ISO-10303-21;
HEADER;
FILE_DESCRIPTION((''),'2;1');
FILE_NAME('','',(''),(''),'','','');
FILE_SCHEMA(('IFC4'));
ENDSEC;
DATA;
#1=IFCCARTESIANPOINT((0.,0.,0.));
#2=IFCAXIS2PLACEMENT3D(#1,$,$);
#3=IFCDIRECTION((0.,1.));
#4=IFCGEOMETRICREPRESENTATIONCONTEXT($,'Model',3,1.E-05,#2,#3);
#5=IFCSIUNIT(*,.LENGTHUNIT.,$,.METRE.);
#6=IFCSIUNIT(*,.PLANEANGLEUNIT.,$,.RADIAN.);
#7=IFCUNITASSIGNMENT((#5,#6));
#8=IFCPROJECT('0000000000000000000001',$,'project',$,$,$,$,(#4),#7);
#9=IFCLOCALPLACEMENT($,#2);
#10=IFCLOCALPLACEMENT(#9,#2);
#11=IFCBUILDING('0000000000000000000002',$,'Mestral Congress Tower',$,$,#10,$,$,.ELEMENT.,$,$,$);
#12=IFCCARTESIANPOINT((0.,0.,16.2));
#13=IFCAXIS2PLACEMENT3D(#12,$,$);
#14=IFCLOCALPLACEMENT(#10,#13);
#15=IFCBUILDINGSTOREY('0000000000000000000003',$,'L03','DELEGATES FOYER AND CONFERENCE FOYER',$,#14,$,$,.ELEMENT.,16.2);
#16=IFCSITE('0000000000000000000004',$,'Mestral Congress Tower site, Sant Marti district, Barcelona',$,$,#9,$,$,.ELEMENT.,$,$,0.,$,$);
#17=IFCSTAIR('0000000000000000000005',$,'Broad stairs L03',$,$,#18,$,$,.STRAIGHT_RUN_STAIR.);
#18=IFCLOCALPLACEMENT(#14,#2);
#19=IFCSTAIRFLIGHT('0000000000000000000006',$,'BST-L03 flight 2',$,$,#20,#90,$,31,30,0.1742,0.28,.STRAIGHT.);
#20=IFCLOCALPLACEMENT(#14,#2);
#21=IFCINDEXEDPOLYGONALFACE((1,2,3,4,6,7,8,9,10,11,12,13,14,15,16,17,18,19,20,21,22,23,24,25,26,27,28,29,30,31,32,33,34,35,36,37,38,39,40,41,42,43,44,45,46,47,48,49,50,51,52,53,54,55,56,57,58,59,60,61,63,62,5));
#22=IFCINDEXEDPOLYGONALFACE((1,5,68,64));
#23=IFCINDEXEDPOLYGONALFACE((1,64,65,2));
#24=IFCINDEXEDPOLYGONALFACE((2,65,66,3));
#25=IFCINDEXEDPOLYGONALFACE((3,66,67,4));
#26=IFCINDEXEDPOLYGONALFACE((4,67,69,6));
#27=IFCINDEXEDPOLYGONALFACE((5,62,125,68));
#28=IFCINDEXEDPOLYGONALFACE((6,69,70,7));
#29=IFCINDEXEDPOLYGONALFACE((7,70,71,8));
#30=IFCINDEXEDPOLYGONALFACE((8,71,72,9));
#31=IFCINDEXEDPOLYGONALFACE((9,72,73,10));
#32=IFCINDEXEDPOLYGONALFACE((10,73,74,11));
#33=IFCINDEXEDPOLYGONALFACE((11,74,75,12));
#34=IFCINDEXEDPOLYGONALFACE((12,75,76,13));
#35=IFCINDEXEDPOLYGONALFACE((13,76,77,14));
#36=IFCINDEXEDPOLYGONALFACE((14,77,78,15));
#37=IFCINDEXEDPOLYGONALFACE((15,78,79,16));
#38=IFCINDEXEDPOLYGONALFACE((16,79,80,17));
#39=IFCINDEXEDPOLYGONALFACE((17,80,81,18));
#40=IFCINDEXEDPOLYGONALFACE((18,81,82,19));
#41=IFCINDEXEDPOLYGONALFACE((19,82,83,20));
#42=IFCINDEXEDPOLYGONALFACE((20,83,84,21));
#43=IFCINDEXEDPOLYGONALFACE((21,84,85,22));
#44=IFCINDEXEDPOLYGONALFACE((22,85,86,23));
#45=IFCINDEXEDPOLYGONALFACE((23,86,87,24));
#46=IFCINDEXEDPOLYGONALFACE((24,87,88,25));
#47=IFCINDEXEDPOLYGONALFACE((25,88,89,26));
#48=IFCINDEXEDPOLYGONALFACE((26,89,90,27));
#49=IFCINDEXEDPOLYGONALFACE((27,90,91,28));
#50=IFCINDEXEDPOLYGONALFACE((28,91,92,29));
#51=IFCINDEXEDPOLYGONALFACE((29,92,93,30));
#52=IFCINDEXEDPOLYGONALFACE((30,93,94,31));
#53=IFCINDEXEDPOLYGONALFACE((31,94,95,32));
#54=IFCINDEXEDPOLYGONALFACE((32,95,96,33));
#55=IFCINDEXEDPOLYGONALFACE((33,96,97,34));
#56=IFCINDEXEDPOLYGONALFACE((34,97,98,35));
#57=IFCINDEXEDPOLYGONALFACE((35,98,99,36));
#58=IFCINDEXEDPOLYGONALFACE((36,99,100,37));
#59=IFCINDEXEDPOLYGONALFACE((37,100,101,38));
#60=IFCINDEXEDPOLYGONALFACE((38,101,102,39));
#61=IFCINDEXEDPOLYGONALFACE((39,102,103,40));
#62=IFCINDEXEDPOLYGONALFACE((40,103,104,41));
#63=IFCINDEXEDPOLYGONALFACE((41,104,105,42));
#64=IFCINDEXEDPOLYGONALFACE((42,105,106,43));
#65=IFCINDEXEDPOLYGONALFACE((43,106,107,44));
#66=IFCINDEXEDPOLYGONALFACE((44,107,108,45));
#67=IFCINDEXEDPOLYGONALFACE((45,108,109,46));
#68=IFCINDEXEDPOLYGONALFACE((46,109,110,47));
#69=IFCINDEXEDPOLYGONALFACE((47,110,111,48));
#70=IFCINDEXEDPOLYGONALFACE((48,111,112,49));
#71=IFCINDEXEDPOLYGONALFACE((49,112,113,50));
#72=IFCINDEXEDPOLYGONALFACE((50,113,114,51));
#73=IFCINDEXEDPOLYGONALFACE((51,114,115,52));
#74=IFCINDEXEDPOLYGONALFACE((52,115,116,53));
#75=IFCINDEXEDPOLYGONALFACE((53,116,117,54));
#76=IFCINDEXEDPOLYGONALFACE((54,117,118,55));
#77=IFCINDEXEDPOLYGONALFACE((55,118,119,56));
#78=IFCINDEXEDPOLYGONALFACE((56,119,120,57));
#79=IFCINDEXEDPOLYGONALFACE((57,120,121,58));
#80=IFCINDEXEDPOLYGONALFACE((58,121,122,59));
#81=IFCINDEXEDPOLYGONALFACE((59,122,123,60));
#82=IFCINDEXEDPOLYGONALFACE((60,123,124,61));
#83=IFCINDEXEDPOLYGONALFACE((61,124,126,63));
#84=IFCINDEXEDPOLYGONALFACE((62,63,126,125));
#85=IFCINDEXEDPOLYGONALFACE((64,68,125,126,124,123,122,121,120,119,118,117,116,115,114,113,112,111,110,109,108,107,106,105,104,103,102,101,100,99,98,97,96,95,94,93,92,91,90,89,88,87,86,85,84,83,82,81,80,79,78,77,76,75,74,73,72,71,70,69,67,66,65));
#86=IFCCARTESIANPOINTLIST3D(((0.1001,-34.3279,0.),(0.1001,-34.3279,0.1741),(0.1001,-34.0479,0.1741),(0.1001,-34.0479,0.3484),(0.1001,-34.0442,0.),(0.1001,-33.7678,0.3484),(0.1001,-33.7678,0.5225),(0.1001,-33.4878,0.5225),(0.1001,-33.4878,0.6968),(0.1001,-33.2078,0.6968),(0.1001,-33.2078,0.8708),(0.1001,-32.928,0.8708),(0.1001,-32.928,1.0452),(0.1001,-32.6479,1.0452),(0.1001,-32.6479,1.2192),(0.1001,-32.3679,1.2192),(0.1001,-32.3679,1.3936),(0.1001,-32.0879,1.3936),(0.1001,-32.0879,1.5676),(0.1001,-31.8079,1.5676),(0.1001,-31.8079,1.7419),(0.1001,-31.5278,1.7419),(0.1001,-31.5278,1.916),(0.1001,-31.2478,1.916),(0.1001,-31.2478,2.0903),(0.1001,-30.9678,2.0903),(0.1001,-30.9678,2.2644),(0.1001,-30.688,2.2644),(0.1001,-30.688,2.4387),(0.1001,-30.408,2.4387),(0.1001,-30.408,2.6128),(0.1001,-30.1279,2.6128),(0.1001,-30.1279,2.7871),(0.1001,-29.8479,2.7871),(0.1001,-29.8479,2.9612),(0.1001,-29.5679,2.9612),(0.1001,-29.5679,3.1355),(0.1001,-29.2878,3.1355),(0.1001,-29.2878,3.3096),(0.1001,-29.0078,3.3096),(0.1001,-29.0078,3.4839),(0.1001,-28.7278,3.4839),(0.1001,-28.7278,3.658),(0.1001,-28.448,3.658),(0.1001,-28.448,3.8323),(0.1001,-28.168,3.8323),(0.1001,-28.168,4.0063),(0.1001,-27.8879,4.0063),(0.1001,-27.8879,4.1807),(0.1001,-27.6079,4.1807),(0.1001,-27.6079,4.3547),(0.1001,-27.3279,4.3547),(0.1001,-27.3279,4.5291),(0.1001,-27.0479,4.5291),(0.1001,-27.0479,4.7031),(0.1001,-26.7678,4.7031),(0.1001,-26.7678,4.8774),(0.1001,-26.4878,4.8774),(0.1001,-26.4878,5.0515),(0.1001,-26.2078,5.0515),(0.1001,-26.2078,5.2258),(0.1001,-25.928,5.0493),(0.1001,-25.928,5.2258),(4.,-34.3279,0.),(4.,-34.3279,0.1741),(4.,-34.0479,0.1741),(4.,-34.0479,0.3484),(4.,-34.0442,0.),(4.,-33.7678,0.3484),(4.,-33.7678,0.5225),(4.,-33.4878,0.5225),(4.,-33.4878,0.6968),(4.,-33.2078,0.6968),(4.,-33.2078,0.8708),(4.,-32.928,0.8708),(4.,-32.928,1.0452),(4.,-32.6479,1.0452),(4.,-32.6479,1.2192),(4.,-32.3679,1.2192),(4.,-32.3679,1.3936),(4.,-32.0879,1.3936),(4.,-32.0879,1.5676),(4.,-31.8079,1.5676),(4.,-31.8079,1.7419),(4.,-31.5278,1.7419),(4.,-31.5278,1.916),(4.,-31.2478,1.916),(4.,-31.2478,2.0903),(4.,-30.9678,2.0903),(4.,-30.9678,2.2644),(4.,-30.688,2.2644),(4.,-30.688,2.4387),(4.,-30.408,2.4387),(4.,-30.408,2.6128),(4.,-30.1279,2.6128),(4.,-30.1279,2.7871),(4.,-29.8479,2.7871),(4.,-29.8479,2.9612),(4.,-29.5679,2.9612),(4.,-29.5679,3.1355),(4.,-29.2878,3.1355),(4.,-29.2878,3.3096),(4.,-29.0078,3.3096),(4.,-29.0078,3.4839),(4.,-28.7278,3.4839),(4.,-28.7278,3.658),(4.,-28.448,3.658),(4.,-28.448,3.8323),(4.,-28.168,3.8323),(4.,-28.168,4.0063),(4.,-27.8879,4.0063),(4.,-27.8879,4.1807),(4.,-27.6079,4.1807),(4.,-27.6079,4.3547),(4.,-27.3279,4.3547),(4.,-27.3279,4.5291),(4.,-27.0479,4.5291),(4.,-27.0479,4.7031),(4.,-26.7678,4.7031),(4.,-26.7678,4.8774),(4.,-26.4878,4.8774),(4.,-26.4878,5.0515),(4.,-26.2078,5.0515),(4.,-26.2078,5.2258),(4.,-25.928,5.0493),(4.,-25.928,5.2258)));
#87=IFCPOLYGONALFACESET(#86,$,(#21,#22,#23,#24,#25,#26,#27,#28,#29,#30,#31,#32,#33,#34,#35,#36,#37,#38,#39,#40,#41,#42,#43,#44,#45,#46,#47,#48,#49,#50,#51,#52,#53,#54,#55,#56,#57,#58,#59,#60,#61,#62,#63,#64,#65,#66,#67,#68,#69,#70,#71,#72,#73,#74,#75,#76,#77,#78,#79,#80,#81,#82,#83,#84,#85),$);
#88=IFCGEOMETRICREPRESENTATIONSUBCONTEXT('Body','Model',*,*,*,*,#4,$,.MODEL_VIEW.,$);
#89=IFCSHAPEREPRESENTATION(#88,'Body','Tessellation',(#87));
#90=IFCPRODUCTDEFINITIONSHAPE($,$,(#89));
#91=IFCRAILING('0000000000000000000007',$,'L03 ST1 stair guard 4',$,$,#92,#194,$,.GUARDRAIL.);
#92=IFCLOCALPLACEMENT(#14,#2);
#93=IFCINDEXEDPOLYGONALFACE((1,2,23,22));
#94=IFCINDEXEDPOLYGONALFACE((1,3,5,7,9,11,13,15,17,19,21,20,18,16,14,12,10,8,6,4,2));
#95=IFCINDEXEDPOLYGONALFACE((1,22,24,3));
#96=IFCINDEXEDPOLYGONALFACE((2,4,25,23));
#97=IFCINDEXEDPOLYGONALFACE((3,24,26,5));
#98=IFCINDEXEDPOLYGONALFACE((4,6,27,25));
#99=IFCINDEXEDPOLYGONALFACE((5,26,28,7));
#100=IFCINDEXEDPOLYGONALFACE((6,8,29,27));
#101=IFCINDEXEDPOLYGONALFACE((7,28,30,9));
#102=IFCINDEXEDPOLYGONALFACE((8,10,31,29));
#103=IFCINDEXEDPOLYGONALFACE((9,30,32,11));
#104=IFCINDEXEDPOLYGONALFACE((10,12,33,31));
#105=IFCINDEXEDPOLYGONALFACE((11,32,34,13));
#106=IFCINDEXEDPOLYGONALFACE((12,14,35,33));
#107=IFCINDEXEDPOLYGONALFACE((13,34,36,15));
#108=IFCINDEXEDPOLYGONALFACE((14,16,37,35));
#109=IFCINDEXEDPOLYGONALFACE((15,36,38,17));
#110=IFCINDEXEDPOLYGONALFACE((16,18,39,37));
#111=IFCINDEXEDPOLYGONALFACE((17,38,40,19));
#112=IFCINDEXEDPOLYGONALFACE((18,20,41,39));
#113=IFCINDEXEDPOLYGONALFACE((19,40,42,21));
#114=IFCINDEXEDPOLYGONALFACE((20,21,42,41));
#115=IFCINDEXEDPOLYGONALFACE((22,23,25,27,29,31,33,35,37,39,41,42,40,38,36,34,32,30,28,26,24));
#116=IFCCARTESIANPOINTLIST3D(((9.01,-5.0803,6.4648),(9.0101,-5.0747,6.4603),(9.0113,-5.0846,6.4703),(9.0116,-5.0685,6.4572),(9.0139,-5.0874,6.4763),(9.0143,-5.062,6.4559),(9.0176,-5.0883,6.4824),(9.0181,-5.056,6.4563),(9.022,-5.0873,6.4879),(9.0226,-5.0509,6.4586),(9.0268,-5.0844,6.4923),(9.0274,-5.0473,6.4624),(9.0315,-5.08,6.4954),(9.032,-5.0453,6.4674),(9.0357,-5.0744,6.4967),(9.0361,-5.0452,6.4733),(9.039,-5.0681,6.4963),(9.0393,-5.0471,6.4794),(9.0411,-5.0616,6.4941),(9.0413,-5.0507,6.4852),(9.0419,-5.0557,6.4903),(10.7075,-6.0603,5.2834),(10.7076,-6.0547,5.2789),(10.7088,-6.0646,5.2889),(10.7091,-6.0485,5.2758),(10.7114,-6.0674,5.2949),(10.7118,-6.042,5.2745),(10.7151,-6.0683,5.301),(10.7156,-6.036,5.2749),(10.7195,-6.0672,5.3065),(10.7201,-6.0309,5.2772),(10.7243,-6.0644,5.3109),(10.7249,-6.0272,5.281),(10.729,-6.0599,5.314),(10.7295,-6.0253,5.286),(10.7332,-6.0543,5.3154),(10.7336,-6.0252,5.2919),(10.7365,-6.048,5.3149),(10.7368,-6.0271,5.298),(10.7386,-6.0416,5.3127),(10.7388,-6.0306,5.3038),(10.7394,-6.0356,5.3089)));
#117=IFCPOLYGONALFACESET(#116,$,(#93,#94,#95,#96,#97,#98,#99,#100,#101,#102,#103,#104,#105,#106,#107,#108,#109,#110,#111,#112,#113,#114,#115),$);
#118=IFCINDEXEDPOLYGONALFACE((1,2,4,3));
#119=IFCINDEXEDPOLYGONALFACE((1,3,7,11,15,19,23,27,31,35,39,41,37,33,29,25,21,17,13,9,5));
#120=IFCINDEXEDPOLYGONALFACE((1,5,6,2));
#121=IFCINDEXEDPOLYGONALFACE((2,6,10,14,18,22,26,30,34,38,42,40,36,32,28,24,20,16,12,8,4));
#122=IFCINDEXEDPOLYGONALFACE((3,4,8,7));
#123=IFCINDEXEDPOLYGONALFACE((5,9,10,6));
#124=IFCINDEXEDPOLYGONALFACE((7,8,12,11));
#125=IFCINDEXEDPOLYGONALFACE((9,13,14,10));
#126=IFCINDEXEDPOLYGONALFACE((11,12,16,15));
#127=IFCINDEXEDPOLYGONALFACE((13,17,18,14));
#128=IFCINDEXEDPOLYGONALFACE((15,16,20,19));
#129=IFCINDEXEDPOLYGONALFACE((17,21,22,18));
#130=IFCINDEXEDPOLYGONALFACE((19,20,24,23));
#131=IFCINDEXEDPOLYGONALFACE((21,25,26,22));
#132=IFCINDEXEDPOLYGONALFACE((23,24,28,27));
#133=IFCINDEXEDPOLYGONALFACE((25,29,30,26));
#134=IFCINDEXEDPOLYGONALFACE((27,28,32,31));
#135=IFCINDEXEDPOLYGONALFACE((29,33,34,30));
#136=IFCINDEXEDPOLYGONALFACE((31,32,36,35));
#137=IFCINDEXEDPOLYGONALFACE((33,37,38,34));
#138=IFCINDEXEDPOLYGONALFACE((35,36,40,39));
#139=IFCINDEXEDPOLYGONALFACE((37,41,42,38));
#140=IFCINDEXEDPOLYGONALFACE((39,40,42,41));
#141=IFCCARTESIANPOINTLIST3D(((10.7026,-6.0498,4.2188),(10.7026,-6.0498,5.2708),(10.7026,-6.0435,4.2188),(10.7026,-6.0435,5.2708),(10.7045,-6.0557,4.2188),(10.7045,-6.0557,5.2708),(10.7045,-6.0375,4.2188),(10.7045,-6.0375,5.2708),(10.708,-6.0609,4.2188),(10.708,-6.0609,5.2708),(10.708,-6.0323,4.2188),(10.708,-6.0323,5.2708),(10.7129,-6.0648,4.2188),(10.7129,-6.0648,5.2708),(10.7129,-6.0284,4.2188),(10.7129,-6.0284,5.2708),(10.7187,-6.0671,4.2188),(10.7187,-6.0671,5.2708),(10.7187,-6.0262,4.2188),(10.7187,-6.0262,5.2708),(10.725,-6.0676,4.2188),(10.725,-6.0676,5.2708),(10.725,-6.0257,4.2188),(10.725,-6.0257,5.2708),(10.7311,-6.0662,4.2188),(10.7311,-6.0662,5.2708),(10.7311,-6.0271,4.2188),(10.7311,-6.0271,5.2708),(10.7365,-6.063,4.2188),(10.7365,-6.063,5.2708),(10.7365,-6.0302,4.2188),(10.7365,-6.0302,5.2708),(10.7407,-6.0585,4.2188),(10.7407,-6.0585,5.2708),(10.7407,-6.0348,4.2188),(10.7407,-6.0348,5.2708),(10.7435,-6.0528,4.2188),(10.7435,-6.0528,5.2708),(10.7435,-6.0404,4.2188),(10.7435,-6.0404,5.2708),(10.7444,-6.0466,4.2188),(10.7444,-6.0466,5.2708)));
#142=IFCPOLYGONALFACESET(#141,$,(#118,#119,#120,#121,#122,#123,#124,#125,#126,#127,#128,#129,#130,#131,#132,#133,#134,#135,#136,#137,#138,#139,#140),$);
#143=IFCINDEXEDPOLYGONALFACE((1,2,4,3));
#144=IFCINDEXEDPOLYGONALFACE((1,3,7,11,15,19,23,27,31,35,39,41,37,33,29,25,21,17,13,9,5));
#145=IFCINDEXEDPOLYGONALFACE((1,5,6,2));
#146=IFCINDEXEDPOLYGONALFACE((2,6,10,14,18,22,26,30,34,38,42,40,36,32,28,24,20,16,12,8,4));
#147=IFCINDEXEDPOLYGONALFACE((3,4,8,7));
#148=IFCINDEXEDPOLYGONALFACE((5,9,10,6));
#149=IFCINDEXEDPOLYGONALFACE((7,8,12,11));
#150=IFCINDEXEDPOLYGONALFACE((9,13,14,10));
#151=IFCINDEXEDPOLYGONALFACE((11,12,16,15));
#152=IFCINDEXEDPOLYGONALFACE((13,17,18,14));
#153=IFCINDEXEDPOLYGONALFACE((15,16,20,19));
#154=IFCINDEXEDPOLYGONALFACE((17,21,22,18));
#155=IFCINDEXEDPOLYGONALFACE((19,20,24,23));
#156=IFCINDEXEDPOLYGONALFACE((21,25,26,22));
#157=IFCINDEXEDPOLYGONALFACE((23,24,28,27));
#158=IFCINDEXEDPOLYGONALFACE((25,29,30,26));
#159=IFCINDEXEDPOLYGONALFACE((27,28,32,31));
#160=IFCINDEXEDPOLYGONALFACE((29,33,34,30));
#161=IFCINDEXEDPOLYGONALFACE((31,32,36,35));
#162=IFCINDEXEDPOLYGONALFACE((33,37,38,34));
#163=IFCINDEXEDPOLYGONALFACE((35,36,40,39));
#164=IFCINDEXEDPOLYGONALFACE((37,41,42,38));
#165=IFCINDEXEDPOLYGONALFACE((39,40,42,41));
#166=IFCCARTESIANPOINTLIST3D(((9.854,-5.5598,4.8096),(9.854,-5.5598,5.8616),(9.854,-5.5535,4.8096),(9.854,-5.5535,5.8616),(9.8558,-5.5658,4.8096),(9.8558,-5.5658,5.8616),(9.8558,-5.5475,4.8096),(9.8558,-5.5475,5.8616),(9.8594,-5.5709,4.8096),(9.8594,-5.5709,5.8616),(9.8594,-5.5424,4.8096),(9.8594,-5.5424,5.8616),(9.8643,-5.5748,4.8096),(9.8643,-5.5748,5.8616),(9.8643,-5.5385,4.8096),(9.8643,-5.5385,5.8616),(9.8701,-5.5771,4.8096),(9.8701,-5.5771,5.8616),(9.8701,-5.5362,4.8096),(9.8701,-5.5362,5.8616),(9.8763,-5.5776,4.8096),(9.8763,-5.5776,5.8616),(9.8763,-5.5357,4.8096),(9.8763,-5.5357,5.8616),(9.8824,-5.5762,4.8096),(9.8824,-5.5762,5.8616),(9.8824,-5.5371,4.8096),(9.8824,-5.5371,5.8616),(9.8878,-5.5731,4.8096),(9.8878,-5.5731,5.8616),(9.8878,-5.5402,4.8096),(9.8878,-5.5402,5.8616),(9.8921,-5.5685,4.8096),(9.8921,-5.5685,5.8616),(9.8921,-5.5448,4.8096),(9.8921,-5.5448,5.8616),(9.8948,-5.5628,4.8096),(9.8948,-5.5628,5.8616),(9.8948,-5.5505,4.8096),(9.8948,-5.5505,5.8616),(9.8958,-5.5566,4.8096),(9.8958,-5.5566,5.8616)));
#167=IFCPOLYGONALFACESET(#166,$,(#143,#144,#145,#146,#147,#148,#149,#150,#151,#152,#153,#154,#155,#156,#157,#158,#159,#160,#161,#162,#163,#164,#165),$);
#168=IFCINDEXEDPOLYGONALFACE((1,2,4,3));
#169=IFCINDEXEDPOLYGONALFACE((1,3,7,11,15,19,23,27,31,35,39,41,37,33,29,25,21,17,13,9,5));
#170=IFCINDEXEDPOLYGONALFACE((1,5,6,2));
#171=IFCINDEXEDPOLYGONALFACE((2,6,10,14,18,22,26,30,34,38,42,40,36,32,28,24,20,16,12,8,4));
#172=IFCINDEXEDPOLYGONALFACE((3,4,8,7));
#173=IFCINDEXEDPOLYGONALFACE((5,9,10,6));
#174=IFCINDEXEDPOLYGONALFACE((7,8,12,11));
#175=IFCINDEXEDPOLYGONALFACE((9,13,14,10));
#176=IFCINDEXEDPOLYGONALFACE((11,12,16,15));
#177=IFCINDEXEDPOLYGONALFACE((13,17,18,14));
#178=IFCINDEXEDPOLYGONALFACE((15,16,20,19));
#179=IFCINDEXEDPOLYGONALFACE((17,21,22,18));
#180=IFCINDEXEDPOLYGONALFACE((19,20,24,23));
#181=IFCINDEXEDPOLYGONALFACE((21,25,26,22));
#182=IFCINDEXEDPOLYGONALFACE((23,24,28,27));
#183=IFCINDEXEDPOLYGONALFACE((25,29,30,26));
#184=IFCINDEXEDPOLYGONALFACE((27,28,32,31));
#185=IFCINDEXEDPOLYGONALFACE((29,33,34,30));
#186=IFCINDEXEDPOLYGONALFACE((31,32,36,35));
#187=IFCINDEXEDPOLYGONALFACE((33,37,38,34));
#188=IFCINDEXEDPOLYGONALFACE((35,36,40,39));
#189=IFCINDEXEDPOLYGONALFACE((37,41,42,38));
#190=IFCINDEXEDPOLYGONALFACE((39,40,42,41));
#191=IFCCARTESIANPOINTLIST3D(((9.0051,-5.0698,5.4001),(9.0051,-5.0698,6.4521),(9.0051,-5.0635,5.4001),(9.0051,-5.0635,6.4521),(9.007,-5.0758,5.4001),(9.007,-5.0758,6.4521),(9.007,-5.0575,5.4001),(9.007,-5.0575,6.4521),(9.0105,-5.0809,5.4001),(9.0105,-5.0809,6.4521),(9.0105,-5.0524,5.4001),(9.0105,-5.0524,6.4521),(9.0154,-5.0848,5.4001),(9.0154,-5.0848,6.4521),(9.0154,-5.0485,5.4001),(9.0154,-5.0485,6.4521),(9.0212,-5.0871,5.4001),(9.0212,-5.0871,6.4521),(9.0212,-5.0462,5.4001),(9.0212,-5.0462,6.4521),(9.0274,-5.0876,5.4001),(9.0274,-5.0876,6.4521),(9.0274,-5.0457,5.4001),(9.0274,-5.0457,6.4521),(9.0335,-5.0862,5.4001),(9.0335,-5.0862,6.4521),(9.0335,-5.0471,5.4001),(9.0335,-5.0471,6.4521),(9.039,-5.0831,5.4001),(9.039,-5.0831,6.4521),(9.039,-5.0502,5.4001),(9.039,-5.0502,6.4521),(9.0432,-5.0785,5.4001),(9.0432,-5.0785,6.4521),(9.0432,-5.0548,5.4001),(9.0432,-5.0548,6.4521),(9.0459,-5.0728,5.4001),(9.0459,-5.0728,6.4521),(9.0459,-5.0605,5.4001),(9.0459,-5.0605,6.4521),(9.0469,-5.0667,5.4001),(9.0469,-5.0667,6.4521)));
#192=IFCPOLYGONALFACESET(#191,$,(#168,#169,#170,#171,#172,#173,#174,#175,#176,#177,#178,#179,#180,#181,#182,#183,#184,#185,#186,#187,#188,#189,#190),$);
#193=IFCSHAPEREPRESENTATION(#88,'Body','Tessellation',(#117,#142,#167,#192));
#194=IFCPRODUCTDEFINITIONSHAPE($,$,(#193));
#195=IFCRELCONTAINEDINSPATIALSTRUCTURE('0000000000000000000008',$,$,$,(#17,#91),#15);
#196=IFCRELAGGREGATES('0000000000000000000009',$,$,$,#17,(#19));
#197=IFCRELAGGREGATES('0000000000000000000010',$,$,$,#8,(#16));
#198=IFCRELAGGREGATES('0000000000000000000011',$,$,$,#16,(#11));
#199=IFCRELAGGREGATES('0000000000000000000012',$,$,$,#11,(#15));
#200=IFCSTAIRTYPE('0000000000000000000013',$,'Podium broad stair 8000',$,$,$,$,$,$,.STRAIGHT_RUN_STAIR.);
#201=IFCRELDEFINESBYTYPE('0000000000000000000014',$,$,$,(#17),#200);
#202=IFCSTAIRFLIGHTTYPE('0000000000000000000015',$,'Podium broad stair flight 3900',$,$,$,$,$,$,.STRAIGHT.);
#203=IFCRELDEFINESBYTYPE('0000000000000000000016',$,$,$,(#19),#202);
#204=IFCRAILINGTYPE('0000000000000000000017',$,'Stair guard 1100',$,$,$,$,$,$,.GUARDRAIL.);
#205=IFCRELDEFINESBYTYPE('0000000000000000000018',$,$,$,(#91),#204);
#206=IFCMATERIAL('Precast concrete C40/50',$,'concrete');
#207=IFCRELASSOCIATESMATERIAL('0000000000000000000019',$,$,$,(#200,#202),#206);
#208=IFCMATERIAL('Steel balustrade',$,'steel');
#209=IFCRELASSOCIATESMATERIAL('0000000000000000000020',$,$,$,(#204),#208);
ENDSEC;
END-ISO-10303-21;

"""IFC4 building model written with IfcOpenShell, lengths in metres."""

from ifc_helpers import new_model, si_unit, direction, frame, origin, origin_2d, place, context, subcontext, project, spatial, polyline, circle, outline, extrude, material, type_object, element, aggregate, save


model = new_model("IFC4")

# Units and contexts
model_context = context("Model", 3, precision=1e-05, world=origin(), true_north=direction((0.0, 1.0)))
body_context = subcontext(model_context, "Body", "Model", "MODEL_VIEW")
ifc_project = project(units=[si_unit("LENGTHUNIT", "METRE"), si_unit("PLANEANGLEUNIT", "RADIAN")], contexts=[model_context])

# Site, building, storey
site_placement = place(None, origin())
site = spatial("IfcSite", under=ifc_project, at=site_placement, Name="Mestral Congress Tower site, Sant Marti district, Barcelona", CompositionType="ELEMENT", RefElevation=0.0)
building_placement = place(site_placement, origin())
building = spatial("IfcBuilding", under=site, at=building_placement, Name="Mestral Congress Tower", CompositionType="ELEMENT")
storey_placement = place(building_placement, frame((0.0, 0.0, 16.2)))
storey = spatial("IfcBuildingStorey", under=building, at=storey_placement, Name="L03", Description="DELEGATES FOYER AND CONFERENCE FOYER", CompositionType="ELEMENT", Elevation=16.2)

# Shared definitions
placement = place(storey_placement, origin())

# Stair, stair flight
ifc_material_1 = material(Name="Precast concrete C40/50", Category="concrete")
stair_type_1 = type_object("IfcStairType", Name="Podium broad stair 8000", PredefinedType="STRAIGHT_RUN_STAIR", material=ifc_material_1)
stair_1 = element("IfcStair", 1, at=placement, inside=storey, type_object=stair_type_1, Name="Broad stairs L03", PredefinedType="STRAIGHT_RUN_STAIR")
stair_flight_type_1 = type_object("IfcStairFlightType", Name="Podium broad stair flight 3900", PredefinedType="STRAIGHT", material=ifc_material_1)
stair_flight_1_placement = place(storey_placement, frame((2.05, -34.3279, 0.0), z_axis=(0.0, 0.0, 1.0), x_axis=(0.0, 1.0, 0.0)))
stair_flight_1 = element("IfcStairFlight", 2, at=stair_flight_1_placement, type_object=stair_flight_type_1, Name="BST-L03 flight 2", NumberOfRisers=31, NumberOfTreads=30, PredefinedType="STRAIGHT", RiserHeight=0.1742, TreadLength=0.28, context=body_context, shape_type="SweptSolid", body=[
    extrude(outline(polyline([(0.0, 0.0), (0.0, 0.1741), (0.28, 0.1741), (0.28, 0.3484), (0.5601, 0.3484), (0.5601, 0.5225), (0.8401, 0.5225), (0.8401, 0.6968), (1.1201, 0.6968), (1.1201, 0.8708), (1.3999, 0.8708), (1.3999, 1.0452), (1.6799, 1.0452), (1.6799, 1.2192), (1.96, 1.2192), (1.96, 1.3936), (2.24, 1.3936), (2.24, 1.5676), (2.52, 1.5676), (2.52, 1.7419), (2.8, 1.7419), (2.8, 1.916), (3.0801, 1.916), (3.0801, 2.0903), (3.3601, 2.0903), (3.3601, 2.2644), (3.6399, 2.2644), (3.6399, 2.4387), (3.9199, 2.4387), (3.9199, 2.6128), (4.2, 2.6128), (4.2, 2.7871), (4.48, 2.7871), (4.48, 2.9612), (4.76, 2.9612), (4.76, 3.1355), (5.04, 3.1355), (5.04, 3.3096), (5.3201, 3.3096), (5.3201, 3.4839), (5.6001, 3.4839), (5.6001, 3.658), (5.8799, 3.658), (5.8799, 3.8323), (6.1599, 3.8323), (6.1599, 4.0063), (6.4399, 4.0063), (6.4399, 4.1807), (6.72, 4.1807), (6.72, 4.3547), (7.0, 4.3547), (7.0, 4.5291), (7.28, 4.5291), (7.28, 4.7031), (7.5601, 4.7031), (7.5601, 4.8774), (7.8401, 4.8774), (7.8401, 5.0515), (8.1201, 5.0515), (8.1201, 5.2258), (8.3999, 5.2258), (8.3999, 5.3999), (8.3999, 5.0493), (0.2837, 0.0), (0.0, 0.0)])), frame((0.0, 1.95, 0.0), z_axis=(0.0, -1.0, 0.0), x_axis=(1.0, 0.0, 0.0)), (0.0, 0.0, 1.0), 3.8999),
])
aggregate(stair_1, [stair_flight_1])

# Railing
ifc_material_2 = material(Name="Steel balustrade", Category="steel")
railing_type_1 = type_object("IfcRailingType", Name="Stair guard 1100", PredefinedType="GUARDRAIL", material=ifc_material_2)
railing_1_placement = place(storey_placement, frame((10.7234, -6.0466, 4.2188)))
element("IfcRailing", 3, at=railing_1_placement, inside=storey, type_object=railing_type_1, Name="L03 ST1 stair guard 4", PredefinedType="GUARDRAIL", context=body_context, shape_type="SweptSolid", body=[
    extrude(circle(Radius=0.0239, at=origin_2d()), frame((0.0, 0.0, 1.0762), z_axis=(-0.741731, 0.428205, 0.516214), x_axis=(-0.49997, -0.866042, 0.0)), (0.0, 0.0, 1.0), 2.2886),
    extrude(circle(Radius=0.021, at=origin_2d()), origin(), (0.0, 0.0, 1.0), 1.052),
    extrude(circle(Radius=0.021, at=origin_2d()), frame((-0.8486, 0.49, 0.5908)), (0.0, 0.0, 1.0), 1.052),
    extrude(circle(Radius=0.021, at=origin_2d()), frame((-1.6975, 0.98, 1.1814)), (0.0, 0.0, 1.0), 1.052),
])

save(model, "model.ifc")
